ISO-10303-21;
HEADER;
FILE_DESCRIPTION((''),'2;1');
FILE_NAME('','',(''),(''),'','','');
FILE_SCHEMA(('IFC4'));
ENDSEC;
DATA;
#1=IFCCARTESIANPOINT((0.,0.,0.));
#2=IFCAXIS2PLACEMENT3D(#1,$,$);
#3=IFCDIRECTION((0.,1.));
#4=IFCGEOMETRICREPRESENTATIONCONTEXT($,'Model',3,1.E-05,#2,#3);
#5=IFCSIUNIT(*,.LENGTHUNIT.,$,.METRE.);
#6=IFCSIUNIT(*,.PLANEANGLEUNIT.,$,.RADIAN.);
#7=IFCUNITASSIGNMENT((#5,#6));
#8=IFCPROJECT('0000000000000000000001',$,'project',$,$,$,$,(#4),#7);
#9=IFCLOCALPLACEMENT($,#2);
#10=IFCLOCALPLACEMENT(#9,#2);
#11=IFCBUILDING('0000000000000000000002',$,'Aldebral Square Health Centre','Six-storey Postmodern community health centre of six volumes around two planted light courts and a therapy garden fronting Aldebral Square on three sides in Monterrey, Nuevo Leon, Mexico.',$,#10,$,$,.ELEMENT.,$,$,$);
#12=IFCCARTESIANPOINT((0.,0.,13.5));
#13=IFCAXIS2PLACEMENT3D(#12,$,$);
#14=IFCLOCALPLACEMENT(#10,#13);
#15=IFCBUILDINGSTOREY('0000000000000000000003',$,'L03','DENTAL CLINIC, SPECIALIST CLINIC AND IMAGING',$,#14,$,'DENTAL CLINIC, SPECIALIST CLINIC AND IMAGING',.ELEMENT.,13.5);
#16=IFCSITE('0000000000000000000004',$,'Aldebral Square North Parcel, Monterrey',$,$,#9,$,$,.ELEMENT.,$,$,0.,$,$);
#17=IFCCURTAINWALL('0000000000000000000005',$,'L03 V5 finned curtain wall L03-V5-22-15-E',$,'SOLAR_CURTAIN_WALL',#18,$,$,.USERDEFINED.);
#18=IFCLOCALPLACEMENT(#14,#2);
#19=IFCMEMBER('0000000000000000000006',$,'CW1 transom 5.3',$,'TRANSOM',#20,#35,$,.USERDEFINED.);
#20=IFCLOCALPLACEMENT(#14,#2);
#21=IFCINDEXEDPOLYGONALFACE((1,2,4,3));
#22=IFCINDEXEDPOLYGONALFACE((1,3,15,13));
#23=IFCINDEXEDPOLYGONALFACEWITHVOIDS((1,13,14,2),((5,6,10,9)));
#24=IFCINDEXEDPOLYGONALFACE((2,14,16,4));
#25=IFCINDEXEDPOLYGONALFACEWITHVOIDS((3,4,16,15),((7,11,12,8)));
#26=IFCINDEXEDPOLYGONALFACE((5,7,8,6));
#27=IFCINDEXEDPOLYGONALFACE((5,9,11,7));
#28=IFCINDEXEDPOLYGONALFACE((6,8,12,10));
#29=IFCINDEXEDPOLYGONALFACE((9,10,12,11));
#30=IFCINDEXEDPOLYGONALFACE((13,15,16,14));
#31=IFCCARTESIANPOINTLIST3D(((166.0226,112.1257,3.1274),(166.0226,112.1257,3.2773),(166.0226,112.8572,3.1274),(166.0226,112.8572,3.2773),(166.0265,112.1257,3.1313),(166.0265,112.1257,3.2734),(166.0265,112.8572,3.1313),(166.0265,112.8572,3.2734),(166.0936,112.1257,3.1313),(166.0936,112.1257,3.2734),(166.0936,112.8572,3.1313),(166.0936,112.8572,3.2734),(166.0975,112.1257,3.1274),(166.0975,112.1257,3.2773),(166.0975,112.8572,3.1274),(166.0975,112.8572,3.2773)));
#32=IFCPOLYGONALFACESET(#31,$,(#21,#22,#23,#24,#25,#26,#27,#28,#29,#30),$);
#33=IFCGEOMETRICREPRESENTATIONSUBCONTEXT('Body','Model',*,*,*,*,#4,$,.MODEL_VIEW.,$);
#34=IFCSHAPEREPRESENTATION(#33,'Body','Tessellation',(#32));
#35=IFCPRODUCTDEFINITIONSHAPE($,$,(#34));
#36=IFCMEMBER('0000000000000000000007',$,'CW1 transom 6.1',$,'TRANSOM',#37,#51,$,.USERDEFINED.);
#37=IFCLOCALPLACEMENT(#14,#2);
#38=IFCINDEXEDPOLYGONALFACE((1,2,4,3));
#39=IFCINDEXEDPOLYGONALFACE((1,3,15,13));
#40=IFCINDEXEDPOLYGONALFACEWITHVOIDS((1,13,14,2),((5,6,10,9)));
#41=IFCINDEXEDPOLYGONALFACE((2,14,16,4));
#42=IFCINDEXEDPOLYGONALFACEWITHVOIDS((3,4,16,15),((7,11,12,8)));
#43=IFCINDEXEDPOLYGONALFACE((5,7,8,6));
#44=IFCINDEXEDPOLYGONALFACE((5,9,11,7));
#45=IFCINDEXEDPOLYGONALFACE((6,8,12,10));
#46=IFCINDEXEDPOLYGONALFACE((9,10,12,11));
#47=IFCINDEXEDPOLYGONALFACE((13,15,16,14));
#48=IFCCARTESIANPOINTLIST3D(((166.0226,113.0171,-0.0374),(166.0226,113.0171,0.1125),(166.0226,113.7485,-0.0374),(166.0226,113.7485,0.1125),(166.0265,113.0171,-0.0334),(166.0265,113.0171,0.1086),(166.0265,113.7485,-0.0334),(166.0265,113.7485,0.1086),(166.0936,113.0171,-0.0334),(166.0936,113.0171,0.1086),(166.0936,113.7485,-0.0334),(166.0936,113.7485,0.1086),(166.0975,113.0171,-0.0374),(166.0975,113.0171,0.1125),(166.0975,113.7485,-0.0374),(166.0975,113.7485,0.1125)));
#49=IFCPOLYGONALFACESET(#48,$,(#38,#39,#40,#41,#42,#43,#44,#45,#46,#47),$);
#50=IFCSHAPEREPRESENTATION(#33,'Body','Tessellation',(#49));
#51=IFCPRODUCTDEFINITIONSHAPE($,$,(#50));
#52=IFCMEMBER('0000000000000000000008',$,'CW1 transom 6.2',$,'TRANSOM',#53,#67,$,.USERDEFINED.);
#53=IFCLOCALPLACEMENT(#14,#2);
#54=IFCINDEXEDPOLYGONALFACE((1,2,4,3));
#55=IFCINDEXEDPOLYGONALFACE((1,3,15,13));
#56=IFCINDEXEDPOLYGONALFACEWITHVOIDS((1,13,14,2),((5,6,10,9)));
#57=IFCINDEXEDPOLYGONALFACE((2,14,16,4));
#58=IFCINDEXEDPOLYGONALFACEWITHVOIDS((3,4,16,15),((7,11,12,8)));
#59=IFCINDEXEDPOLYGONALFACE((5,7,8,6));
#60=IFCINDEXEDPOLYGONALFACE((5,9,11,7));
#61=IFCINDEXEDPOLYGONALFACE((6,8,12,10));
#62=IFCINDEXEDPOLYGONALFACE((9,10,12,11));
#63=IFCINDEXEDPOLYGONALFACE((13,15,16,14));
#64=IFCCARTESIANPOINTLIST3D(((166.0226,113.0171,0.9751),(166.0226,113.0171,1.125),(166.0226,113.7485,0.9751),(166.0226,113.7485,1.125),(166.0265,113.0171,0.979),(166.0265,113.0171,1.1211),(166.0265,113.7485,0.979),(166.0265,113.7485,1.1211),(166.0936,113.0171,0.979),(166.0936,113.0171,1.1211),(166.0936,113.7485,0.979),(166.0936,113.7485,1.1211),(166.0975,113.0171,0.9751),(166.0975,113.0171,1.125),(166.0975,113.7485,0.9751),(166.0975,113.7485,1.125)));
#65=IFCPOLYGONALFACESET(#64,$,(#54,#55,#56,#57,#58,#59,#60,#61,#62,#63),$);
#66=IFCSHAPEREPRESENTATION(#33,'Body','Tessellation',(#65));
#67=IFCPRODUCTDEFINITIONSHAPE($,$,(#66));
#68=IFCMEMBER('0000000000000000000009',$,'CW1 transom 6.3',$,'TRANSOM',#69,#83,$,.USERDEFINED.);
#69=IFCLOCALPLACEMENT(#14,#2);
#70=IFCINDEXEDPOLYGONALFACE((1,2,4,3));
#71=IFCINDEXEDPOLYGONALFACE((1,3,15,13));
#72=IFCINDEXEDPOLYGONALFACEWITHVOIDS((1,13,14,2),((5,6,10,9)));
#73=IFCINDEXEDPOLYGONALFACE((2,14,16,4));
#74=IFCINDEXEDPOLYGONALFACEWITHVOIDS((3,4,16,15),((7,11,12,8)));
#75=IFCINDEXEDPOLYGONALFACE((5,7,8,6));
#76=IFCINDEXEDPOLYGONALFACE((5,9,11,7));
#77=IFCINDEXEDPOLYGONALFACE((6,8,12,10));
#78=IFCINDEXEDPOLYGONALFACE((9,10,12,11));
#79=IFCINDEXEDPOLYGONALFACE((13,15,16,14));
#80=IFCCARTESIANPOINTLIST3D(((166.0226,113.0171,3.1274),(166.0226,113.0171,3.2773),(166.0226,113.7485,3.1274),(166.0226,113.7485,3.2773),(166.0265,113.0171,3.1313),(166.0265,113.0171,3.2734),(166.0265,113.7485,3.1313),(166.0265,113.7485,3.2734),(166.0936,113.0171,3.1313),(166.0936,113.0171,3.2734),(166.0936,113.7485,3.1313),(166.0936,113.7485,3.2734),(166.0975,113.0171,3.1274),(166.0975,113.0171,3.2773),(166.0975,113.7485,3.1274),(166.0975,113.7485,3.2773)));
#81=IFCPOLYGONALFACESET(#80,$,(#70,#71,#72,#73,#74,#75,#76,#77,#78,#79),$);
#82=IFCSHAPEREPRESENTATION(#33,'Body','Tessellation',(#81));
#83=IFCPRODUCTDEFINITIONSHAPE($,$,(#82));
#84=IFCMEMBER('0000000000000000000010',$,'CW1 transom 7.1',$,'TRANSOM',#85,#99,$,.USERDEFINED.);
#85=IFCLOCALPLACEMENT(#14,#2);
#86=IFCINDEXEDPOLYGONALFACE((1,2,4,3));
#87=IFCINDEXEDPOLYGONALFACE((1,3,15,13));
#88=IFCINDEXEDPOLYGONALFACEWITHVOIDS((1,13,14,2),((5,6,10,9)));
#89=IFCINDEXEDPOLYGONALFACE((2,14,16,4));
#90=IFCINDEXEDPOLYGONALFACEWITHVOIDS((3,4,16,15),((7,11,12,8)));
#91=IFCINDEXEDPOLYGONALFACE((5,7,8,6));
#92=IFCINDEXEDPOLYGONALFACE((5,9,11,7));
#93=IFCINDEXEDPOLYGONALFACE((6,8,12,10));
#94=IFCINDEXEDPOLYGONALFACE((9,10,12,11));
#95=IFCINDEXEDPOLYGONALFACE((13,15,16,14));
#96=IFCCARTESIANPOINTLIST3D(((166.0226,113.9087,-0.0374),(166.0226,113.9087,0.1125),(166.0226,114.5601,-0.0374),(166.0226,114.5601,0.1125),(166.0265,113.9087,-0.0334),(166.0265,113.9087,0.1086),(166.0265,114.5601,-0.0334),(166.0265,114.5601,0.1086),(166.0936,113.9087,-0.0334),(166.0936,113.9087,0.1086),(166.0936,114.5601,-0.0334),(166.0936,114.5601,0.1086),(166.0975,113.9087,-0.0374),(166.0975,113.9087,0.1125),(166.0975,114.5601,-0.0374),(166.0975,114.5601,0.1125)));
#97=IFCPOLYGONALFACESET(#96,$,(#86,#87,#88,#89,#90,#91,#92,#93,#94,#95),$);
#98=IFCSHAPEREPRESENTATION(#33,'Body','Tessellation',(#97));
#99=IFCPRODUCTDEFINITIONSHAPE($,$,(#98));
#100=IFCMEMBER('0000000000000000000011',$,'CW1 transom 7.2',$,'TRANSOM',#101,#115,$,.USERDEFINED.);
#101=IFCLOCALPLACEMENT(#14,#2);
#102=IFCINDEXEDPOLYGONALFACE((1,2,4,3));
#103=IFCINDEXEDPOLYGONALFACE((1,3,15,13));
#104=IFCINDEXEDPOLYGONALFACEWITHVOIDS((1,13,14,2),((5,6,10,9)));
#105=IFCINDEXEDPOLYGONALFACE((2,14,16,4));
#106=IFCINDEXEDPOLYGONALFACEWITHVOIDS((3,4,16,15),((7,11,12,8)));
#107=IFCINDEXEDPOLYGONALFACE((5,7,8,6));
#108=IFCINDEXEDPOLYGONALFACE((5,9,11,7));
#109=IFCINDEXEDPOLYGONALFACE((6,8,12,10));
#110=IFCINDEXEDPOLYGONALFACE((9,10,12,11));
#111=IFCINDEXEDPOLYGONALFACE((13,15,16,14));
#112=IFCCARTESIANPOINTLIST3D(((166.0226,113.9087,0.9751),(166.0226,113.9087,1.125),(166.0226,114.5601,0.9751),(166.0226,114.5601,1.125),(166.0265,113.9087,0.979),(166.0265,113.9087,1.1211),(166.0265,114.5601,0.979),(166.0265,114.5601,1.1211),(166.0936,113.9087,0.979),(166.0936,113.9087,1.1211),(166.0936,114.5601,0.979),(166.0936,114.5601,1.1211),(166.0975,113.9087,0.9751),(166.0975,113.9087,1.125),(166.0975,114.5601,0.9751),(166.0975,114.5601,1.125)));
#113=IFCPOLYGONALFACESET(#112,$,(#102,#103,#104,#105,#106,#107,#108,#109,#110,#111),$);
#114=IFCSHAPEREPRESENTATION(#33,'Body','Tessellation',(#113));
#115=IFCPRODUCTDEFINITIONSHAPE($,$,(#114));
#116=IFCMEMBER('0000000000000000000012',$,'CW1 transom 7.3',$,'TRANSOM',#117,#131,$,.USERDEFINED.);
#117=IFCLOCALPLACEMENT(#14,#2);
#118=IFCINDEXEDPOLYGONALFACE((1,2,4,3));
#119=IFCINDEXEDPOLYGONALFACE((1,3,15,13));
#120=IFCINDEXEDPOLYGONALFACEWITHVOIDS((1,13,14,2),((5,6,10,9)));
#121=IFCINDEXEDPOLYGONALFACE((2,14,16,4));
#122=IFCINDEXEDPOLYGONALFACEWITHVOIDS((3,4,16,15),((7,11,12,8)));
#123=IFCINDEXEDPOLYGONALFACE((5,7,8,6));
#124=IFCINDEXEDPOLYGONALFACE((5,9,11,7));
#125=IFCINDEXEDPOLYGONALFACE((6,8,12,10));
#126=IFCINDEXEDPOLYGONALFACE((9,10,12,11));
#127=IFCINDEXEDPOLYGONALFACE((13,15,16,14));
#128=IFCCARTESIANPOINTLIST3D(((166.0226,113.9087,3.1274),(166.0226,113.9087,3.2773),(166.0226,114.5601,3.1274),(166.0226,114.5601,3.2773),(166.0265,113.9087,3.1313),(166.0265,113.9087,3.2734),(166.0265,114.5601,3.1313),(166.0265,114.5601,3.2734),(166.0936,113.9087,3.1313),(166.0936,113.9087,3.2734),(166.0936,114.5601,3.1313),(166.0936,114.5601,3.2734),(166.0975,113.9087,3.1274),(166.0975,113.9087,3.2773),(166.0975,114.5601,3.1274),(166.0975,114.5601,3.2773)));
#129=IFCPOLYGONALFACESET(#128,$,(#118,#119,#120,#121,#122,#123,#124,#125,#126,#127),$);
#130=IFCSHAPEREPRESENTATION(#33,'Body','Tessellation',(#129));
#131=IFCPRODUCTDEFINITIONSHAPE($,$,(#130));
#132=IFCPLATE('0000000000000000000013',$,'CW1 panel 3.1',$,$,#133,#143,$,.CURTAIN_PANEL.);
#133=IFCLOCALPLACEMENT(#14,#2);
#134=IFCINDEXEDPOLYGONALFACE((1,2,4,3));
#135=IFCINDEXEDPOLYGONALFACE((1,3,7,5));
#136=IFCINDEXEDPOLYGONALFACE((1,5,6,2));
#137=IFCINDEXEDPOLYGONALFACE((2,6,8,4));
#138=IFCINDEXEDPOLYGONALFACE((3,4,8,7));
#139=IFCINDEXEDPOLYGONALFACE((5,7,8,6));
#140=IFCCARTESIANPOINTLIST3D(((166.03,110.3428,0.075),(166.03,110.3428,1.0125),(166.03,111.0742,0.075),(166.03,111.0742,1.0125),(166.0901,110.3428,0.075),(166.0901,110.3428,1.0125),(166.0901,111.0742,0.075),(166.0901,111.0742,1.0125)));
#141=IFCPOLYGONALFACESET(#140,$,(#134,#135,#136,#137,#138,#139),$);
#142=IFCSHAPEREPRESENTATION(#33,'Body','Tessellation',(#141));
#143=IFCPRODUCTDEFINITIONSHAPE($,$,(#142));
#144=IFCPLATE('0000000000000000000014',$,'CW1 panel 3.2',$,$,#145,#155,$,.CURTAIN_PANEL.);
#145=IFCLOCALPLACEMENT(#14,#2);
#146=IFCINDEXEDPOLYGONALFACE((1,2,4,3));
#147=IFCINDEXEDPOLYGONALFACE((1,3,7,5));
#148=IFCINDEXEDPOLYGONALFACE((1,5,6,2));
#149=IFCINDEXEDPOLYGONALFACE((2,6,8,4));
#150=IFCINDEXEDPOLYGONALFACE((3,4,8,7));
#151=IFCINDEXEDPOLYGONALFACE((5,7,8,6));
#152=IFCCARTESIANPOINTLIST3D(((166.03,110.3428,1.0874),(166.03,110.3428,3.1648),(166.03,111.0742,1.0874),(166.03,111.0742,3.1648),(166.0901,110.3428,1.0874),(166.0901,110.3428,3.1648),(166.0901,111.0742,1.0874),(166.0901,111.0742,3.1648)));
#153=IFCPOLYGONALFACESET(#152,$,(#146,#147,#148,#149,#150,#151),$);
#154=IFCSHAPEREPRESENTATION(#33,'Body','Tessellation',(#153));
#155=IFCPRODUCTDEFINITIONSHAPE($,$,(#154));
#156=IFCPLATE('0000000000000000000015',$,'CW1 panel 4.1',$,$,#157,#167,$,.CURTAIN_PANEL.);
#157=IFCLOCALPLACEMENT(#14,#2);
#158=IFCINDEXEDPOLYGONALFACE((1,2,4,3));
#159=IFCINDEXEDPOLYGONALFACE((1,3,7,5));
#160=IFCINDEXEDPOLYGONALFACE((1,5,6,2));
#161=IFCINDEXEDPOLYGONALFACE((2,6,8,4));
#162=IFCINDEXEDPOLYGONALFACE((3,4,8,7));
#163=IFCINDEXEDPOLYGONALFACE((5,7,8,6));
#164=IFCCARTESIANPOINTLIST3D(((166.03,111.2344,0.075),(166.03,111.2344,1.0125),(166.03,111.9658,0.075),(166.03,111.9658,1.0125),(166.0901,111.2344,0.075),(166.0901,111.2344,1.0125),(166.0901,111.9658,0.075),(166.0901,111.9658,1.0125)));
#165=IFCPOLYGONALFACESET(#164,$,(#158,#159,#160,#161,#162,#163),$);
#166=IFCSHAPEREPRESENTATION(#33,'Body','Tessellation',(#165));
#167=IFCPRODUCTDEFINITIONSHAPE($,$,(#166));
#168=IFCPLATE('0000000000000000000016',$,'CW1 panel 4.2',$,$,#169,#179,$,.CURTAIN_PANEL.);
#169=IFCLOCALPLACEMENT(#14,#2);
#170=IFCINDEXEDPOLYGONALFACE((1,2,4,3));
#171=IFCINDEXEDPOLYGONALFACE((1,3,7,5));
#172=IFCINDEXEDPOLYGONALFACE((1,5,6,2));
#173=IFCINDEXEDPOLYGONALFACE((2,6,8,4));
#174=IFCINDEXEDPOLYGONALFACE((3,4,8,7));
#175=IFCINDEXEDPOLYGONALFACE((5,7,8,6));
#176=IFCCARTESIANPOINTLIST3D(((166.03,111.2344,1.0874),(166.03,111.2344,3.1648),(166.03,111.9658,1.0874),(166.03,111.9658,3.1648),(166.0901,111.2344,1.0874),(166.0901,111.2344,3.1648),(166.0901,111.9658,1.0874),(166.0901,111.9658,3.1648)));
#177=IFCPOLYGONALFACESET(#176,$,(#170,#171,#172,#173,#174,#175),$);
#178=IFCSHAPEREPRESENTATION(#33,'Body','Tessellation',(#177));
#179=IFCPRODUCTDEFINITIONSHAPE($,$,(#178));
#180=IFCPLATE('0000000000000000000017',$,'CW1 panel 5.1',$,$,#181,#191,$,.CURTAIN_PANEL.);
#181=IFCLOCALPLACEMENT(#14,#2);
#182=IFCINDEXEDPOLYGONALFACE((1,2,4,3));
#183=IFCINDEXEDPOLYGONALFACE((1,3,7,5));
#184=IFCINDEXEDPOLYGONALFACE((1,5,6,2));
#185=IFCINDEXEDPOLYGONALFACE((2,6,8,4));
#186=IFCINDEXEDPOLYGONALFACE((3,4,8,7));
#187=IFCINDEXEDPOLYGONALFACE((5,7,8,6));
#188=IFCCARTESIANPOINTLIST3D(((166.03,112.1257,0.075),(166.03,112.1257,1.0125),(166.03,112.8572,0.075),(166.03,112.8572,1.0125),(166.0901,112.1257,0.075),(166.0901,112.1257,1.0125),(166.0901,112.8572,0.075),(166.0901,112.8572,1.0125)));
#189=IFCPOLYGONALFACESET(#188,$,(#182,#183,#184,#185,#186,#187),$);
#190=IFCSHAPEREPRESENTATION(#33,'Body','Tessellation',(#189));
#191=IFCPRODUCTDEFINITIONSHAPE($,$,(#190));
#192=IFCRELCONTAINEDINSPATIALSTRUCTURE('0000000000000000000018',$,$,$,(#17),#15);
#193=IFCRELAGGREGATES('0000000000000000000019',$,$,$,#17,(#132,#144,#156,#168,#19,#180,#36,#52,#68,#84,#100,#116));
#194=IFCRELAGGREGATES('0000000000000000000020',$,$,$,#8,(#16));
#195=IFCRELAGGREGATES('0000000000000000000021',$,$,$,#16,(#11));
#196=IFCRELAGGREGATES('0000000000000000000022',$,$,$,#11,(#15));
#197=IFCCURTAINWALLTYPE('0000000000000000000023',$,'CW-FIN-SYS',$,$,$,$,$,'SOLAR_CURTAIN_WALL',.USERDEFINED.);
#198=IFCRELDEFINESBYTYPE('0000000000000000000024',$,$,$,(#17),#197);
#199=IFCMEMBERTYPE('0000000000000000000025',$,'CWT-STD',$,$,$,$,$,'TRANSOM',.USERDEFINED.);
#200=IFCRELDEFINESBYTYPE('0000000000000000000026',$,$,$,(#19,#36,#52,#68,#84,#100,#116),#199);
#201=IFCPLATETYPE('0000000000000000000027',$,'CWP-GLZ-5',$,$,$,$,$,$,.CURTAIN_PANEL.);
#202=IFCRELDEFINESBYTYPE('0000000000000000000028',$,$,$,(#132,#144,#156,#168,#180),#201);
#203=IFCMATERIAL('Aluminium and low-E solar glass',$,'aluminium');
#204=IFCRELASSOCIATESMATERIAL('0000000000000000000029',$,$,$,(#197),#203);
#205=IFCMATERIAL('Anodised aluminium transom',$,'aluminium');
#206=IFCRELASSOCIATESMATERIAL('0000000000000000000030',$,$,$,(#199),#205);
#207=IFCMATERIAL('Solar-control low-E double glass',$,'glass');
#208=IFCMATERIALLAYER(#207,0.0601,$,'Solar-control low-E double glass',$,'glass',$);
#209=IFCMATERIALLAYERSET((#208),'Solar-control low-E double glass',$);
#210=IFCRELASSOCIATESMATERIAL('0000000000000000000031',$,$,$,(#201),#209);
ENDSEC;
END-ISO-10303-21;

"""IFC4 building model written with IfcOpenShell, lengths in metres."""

from ifc_helpers import new_model, si_unit, direction, frame, origin, origin_2d, place, context, subcontext, project, spatial, rectangle, hollow_rectangle, extrude, material, layer, layer_set, material_profile, profile_set, type_object, element, aggregate, save


model = new_model("IFC4")

# Units and contexts
model_context = context("Model", 3, precision=1e-05, world=origin(), true_north=direction((0.0, 1.0)))
body_context = subcontext(model_context, "Body", "Model", "MODEL_VIEW")
ifc_project = project(units=[si_unit("LENGTHUNIT", "METRE"), si_unit("PLANEANGLEUNIT", "RADIAN")], contexts=[model_context])

# Site, building, storey
site_placement = place(None, origin())
site = spatial("IfcSite", under=ifc_project, at=site_placement, Name="Aldebral Square North Parcel, Monterrey", CompositionType="ELEMENT", RefElevation=0.0)
building_placement = place(site_placement, origin())
building = spatial("IfcBuilding", under=site, at=building_placement, Name="Aldebral Square Health Centre", Description="Six-storey Postmodern community health centre of six volumes around two planted light courts and a therapy garden fronting Aldebral Square on three sides in Monterrey, Nuevo Leon, Mexico.", CompositionType="ELEMENT")
storey_placement = place(building_placement, frame((0.0, 0.0, 13.5)))
storey = spatial("IfcBuildingStorey", under=building, at=storey_placement, Name="L03", Description="DENTAL CLINIC, SPECIALIST CLINIC AND IMAGING", LongName="DENTAL CLINIC, SPECIALIST CLINIC AND IMAGING", CompositionType="ELEMENT", Elevation=13.5)

# Curtain wall, members, plates
ifc_material_1 = material(Name="Aluminium and low-E solar glass", Category="aluminium")
curtain_wall_type = type_object("IfcCurtainWallType", Name="CW-FIN-SYS", ElementType="SOLAR_CURTAIN_WALL", PredefinedType="USERDEFINED", material=ifc_material_1)
curtain_wall_placement = place(storey_placement, origin())
curtain_wall = element("IfcCurtainWall", 1, at=curtain_wall_placement, inside=storey, type_object=curtain_wall_type, Name="L03 V5 finned curtain wall L03-V5-22-15-E", ObjectType="SOLAR_CURTAIN_WALL", PredefinedType="USERDEFINED")
ifc_material_2 = material(Name="Anodised aluminium transom", Category="aluminium")
ifc_material_profile_1 = material_profile(ifc_material_2, hollow_rectangle(XDim=0.075, YDim=0.1499, WallThickness=0.0039, at=origin_2d()), Name="CWT 75x150x4")
ifc_profile_set_1 = profile_set([ifc_material_profile_1], Name="Anodised aluminium transom")
member_type_1 = type_object("IfcMemberType", Name="CWT-STD", ElementType="TRANSOM", PredefinedType="USERDEFINED", material=ifc_profile_set_1)
member_1_placement = place(storey_placement, frame((166.0601, 112.1257, 3.2024), z_axis=(0.0, 1.0, 0.0), x_axis=(-1.0, 0.0, 0.0)))
member_1 = element("IfcMember", 2, at=member_1_placement, type_object=member_type_1, Name="CW1 transom 5.3", ObjectType="TRANSOM", PredefinedType="USERDEFINED", context=body_context, shape_type="SweptSolid", body=[
    extrude(hollow_rectangle(XDim=0.075, YDim=0.1499, WallThickness=0.0039, at=origin_2d()), origin(), (0.0, 0.0, 1.0), 0.7314),
])
member_2_placement = place(storey_placement, frame((166.0601, 113.0171, 0.0376), z_axis=(0.0, 1.0, 0.0), x_axis=(-1.0, 0.0, 0.0)))
member_2 = element("IfcMember", 3, at=member_2_placement, type_object=member_type_1, Name="CW1 transom 6.1", ObjectType="TRANSOM", PredefinedType="USERDEFINED", context=body_context, shape_type="SweptSolid", body=[
    extrude(hollow_rectangle(XDim=0.075, YDim=0.1499, WallThickness=0.0039, at=origin_2d()), origin(), (0.0, 0.0, 1.0), 0.7314),
])
member_3_placement = place(storey_placement, frame((166.0601, 113.0171, 1.05), z_axis=(0.0, 1.0, 0.0), x_axis=(-1.0, 0.0, 0.0)))
member_3 = element("IfcMember", 4, at=member_3_placement, type_object=member_type_1, Name="CW1 transom 6.2", ObjectType="TRANSOM", PredefinedType="USERDEFINED", context=body_context, shape_type="SweptSolid", body=[
    extrude(hollow_rectangle(XDim=0.075, YDim=0.1499, WallThickness=0.0039, at=origin_2d()), origin(), (0.0, 0.0, 1.0), 0.7314),
])
member_4_placement = place(storey_placement, frame((166.0601, 113.0171, 3.2024), z_axis=(0.0, 1.0, 0.0), x_axis=(-1.0, 0.0, 0.0)))
member_4 = element("IfcMember", 5, at=member_4_placement, type_object=member_type_1, Name="CW1 transom 6.3", ObjectType="TRANSOM", PredefinedType="USERDEFINED", context=body_context, shape_type="SweptSolid", body=[
    extrude(hollow_rectangle(XDim=0.075, YDim=0.1499, WallThickness=0.0039, at=origin_2d()), origin(), (0.0, 0.0, 1.0), 0.7314),
])
member_5_placement = place(storey_placement, frame((166.0601, 113.9087, 0.0376), z_axis=(0.0, 1.0, 0.0), x_axis=(-1.0, 0.0, 0.0)))
member_5 = element("IfcMember", 6, at=member_5_placement, type_object=member_type_1, Name="CW1 transom 7.1", ObjectType="TRANSOM", PredefinedType="USERDEFINED", context=body_context, shape_type="SweptSolid", body=[
    extrude(hollow_rectangle(XDim=0.075, YDim=0.1499, WallThickness=0.0039, at=origin_2d()), origin(), (0.0, 0.0, 1.0), 0.6514),
])
member_6_placement = place(storey_placement, frame((166.0601, 113.9087, 1.05), z_axis=(0.0, 1.0, 0.0), x_axis=(-1.0, 0.0, 0.0)))
member_6 = element("IfcMember", 7, at=member_6_placement, type_object=member_type_1, Name="CW1 transom 7.2", ObjectType="TRANSOM", PredefinedType="USERDEFINED", context=body_context, shape_type="SweptSolid", body=[
    extrude(hollow_rectangle(XDim=0.075, YDim=0.1499, WallThickness=0.0039, at=origin_2d()), origin(), (0.0, 0.0, 1.0), 0.6514),
])
member_7_placement = place(storey_placement, frame((166.0601, 113.9087, 3.2024), z_axis=(0.0, 1.0, 0.0), x_axis=(-1.0, 0.0, 0.0)))
member_7 = element("IfcMember", 8, at=member_7_placement, type_object=member_type_1, Name="CW1 transom 7.3", ObjectType="TRANSOM", PredefinedType="USERDEFINED", context=body_context, shape_type="SweptSolid", body=[
    extrude(hollow_rectangle(XDim=0.075, YDim=0.1499, WallThickness=0.0039, at=origin_2d()), origin(), (0.0, 0.0, 1.0), 0.6514),
])
ifc_material_3 = material(Name="Solar-control low-E double glass", Category="glass")
ifc_layer = layer(ifc_material_3, 0.0601, Name="Solar-control low-E double glass", Category="glass")
ifc_layer_set = layer_set([ifc_layer], Name="Solar-control low-E double glass")
plate_type = type_object("IfcPlateType", Name="CWP-GLZ-5", PredefinedType="CURTAIN_PANEL", material=ifc_layer_set)
plate_1_placement = place(storey_placement, frame((166.0601, 110.7085, 0.075), z_axis=(0.0, 0.0, 1.0), x_axis=(0.0, 1.0, 0.0)))
plate_1 = element("IfcPlate", 9, at=plate_1_placement, type_object=plate_type, Name="CW1 panel 3.1", PredefinedType="CURTAIN_PANEL", context=body_context, shape_type="SweptSolid", body=[
    extrude(rectangle(XDim=0.7314, YDim=0.0601, at=origin_2d()), origin(), (0.0, 0.0, 1.0), 0.9375),
])
plate_2_placement = place(storey_placement, frame((166.0601, 110.7085, 1.0874), z_axis=(0.0, 0.0, 1.0), x_axis=(0.0, 1.0, 0.0)))
plate_2 = element("IfcPlate", 10, at=plate_2_placement, type_object=plate_type, Name="CW1 panel 3.2", PredefinedType="CURTAIN_PANEL", context=body_context, shape_type="SweptSolid", body=[
    extrude(rectangle(XDim=0.7314, YDim=0.0601, at=origin_2d()), origin(), (0.0, 0.0, 1.0), 2.0774),
])
plate_3_placement = place(storey_placement, frame((166.0601, 111.6001, 0.075), z_axis=(0.0, 0.0, 1.0), x_axis=(0.0, 1.0, 0.0)))
plate_3 = element("IfcPlate", 11, at=plate_3_placement, type_object=plate_type, Name="CW1 panel 4.1", PredefinedType="CURTAIN_PANEL", context=body_context, shape_type="SweptSolid", body=[
    extrude(rectangle(XDim=0.7314, YDim=0.0601, at=origin_2d()), origin(), (0.0, 0.0, 1.0), 0.9375),
])
plate_4_placement = place(storey_placement, frame((166.0601, 111.6001, 1.0874), z_axis=(0.0, 0.0, 1.0), x_axis=(0.0, 1.0, 0.0)))
plate_4 = element("IfcPlate", 12, at=plate_4_placement, type_object=plate_type, Name="CW1 panel 4.2", PredefinedType="CURTAIN_PANEL", context=body_context, shape_type="SweptSolid", body=[
    extrude(rectangle(XDim=0.7314, YDim=0.0601, at=origin_2d()), origin(), (0.0, 0.0, 1.0), 2.0774),
])
plate_5_placement = place(storey_placement, frame((166.0601, 112.4915, 0.075), z_axis=(0.0, 0.0, 1.0), x_axis=(0.0, 1.0, 0.0)))
plate_5 = element("IfcPlate", 13, at=plate_5_placement, type_object=plate_type, Name="CW1 panel 5.1", PredefinedType="CURTAIN_PANEL", context=body_context, shape_type="SweptSolid", body=[
    extrude(rectangle(XDim=0.7314, YDim=0.0601, at=origin_2d()), origin(), (0.0, 0.0, 1.0), 0.9375),
])
aggregate(curtain_wall, [plate_1, plate_2, plate_3, plate_4, member_1, plate_5, member_2, member_3, member_4, member_5, member_6, member_7])

save(model, "model.ifc")
